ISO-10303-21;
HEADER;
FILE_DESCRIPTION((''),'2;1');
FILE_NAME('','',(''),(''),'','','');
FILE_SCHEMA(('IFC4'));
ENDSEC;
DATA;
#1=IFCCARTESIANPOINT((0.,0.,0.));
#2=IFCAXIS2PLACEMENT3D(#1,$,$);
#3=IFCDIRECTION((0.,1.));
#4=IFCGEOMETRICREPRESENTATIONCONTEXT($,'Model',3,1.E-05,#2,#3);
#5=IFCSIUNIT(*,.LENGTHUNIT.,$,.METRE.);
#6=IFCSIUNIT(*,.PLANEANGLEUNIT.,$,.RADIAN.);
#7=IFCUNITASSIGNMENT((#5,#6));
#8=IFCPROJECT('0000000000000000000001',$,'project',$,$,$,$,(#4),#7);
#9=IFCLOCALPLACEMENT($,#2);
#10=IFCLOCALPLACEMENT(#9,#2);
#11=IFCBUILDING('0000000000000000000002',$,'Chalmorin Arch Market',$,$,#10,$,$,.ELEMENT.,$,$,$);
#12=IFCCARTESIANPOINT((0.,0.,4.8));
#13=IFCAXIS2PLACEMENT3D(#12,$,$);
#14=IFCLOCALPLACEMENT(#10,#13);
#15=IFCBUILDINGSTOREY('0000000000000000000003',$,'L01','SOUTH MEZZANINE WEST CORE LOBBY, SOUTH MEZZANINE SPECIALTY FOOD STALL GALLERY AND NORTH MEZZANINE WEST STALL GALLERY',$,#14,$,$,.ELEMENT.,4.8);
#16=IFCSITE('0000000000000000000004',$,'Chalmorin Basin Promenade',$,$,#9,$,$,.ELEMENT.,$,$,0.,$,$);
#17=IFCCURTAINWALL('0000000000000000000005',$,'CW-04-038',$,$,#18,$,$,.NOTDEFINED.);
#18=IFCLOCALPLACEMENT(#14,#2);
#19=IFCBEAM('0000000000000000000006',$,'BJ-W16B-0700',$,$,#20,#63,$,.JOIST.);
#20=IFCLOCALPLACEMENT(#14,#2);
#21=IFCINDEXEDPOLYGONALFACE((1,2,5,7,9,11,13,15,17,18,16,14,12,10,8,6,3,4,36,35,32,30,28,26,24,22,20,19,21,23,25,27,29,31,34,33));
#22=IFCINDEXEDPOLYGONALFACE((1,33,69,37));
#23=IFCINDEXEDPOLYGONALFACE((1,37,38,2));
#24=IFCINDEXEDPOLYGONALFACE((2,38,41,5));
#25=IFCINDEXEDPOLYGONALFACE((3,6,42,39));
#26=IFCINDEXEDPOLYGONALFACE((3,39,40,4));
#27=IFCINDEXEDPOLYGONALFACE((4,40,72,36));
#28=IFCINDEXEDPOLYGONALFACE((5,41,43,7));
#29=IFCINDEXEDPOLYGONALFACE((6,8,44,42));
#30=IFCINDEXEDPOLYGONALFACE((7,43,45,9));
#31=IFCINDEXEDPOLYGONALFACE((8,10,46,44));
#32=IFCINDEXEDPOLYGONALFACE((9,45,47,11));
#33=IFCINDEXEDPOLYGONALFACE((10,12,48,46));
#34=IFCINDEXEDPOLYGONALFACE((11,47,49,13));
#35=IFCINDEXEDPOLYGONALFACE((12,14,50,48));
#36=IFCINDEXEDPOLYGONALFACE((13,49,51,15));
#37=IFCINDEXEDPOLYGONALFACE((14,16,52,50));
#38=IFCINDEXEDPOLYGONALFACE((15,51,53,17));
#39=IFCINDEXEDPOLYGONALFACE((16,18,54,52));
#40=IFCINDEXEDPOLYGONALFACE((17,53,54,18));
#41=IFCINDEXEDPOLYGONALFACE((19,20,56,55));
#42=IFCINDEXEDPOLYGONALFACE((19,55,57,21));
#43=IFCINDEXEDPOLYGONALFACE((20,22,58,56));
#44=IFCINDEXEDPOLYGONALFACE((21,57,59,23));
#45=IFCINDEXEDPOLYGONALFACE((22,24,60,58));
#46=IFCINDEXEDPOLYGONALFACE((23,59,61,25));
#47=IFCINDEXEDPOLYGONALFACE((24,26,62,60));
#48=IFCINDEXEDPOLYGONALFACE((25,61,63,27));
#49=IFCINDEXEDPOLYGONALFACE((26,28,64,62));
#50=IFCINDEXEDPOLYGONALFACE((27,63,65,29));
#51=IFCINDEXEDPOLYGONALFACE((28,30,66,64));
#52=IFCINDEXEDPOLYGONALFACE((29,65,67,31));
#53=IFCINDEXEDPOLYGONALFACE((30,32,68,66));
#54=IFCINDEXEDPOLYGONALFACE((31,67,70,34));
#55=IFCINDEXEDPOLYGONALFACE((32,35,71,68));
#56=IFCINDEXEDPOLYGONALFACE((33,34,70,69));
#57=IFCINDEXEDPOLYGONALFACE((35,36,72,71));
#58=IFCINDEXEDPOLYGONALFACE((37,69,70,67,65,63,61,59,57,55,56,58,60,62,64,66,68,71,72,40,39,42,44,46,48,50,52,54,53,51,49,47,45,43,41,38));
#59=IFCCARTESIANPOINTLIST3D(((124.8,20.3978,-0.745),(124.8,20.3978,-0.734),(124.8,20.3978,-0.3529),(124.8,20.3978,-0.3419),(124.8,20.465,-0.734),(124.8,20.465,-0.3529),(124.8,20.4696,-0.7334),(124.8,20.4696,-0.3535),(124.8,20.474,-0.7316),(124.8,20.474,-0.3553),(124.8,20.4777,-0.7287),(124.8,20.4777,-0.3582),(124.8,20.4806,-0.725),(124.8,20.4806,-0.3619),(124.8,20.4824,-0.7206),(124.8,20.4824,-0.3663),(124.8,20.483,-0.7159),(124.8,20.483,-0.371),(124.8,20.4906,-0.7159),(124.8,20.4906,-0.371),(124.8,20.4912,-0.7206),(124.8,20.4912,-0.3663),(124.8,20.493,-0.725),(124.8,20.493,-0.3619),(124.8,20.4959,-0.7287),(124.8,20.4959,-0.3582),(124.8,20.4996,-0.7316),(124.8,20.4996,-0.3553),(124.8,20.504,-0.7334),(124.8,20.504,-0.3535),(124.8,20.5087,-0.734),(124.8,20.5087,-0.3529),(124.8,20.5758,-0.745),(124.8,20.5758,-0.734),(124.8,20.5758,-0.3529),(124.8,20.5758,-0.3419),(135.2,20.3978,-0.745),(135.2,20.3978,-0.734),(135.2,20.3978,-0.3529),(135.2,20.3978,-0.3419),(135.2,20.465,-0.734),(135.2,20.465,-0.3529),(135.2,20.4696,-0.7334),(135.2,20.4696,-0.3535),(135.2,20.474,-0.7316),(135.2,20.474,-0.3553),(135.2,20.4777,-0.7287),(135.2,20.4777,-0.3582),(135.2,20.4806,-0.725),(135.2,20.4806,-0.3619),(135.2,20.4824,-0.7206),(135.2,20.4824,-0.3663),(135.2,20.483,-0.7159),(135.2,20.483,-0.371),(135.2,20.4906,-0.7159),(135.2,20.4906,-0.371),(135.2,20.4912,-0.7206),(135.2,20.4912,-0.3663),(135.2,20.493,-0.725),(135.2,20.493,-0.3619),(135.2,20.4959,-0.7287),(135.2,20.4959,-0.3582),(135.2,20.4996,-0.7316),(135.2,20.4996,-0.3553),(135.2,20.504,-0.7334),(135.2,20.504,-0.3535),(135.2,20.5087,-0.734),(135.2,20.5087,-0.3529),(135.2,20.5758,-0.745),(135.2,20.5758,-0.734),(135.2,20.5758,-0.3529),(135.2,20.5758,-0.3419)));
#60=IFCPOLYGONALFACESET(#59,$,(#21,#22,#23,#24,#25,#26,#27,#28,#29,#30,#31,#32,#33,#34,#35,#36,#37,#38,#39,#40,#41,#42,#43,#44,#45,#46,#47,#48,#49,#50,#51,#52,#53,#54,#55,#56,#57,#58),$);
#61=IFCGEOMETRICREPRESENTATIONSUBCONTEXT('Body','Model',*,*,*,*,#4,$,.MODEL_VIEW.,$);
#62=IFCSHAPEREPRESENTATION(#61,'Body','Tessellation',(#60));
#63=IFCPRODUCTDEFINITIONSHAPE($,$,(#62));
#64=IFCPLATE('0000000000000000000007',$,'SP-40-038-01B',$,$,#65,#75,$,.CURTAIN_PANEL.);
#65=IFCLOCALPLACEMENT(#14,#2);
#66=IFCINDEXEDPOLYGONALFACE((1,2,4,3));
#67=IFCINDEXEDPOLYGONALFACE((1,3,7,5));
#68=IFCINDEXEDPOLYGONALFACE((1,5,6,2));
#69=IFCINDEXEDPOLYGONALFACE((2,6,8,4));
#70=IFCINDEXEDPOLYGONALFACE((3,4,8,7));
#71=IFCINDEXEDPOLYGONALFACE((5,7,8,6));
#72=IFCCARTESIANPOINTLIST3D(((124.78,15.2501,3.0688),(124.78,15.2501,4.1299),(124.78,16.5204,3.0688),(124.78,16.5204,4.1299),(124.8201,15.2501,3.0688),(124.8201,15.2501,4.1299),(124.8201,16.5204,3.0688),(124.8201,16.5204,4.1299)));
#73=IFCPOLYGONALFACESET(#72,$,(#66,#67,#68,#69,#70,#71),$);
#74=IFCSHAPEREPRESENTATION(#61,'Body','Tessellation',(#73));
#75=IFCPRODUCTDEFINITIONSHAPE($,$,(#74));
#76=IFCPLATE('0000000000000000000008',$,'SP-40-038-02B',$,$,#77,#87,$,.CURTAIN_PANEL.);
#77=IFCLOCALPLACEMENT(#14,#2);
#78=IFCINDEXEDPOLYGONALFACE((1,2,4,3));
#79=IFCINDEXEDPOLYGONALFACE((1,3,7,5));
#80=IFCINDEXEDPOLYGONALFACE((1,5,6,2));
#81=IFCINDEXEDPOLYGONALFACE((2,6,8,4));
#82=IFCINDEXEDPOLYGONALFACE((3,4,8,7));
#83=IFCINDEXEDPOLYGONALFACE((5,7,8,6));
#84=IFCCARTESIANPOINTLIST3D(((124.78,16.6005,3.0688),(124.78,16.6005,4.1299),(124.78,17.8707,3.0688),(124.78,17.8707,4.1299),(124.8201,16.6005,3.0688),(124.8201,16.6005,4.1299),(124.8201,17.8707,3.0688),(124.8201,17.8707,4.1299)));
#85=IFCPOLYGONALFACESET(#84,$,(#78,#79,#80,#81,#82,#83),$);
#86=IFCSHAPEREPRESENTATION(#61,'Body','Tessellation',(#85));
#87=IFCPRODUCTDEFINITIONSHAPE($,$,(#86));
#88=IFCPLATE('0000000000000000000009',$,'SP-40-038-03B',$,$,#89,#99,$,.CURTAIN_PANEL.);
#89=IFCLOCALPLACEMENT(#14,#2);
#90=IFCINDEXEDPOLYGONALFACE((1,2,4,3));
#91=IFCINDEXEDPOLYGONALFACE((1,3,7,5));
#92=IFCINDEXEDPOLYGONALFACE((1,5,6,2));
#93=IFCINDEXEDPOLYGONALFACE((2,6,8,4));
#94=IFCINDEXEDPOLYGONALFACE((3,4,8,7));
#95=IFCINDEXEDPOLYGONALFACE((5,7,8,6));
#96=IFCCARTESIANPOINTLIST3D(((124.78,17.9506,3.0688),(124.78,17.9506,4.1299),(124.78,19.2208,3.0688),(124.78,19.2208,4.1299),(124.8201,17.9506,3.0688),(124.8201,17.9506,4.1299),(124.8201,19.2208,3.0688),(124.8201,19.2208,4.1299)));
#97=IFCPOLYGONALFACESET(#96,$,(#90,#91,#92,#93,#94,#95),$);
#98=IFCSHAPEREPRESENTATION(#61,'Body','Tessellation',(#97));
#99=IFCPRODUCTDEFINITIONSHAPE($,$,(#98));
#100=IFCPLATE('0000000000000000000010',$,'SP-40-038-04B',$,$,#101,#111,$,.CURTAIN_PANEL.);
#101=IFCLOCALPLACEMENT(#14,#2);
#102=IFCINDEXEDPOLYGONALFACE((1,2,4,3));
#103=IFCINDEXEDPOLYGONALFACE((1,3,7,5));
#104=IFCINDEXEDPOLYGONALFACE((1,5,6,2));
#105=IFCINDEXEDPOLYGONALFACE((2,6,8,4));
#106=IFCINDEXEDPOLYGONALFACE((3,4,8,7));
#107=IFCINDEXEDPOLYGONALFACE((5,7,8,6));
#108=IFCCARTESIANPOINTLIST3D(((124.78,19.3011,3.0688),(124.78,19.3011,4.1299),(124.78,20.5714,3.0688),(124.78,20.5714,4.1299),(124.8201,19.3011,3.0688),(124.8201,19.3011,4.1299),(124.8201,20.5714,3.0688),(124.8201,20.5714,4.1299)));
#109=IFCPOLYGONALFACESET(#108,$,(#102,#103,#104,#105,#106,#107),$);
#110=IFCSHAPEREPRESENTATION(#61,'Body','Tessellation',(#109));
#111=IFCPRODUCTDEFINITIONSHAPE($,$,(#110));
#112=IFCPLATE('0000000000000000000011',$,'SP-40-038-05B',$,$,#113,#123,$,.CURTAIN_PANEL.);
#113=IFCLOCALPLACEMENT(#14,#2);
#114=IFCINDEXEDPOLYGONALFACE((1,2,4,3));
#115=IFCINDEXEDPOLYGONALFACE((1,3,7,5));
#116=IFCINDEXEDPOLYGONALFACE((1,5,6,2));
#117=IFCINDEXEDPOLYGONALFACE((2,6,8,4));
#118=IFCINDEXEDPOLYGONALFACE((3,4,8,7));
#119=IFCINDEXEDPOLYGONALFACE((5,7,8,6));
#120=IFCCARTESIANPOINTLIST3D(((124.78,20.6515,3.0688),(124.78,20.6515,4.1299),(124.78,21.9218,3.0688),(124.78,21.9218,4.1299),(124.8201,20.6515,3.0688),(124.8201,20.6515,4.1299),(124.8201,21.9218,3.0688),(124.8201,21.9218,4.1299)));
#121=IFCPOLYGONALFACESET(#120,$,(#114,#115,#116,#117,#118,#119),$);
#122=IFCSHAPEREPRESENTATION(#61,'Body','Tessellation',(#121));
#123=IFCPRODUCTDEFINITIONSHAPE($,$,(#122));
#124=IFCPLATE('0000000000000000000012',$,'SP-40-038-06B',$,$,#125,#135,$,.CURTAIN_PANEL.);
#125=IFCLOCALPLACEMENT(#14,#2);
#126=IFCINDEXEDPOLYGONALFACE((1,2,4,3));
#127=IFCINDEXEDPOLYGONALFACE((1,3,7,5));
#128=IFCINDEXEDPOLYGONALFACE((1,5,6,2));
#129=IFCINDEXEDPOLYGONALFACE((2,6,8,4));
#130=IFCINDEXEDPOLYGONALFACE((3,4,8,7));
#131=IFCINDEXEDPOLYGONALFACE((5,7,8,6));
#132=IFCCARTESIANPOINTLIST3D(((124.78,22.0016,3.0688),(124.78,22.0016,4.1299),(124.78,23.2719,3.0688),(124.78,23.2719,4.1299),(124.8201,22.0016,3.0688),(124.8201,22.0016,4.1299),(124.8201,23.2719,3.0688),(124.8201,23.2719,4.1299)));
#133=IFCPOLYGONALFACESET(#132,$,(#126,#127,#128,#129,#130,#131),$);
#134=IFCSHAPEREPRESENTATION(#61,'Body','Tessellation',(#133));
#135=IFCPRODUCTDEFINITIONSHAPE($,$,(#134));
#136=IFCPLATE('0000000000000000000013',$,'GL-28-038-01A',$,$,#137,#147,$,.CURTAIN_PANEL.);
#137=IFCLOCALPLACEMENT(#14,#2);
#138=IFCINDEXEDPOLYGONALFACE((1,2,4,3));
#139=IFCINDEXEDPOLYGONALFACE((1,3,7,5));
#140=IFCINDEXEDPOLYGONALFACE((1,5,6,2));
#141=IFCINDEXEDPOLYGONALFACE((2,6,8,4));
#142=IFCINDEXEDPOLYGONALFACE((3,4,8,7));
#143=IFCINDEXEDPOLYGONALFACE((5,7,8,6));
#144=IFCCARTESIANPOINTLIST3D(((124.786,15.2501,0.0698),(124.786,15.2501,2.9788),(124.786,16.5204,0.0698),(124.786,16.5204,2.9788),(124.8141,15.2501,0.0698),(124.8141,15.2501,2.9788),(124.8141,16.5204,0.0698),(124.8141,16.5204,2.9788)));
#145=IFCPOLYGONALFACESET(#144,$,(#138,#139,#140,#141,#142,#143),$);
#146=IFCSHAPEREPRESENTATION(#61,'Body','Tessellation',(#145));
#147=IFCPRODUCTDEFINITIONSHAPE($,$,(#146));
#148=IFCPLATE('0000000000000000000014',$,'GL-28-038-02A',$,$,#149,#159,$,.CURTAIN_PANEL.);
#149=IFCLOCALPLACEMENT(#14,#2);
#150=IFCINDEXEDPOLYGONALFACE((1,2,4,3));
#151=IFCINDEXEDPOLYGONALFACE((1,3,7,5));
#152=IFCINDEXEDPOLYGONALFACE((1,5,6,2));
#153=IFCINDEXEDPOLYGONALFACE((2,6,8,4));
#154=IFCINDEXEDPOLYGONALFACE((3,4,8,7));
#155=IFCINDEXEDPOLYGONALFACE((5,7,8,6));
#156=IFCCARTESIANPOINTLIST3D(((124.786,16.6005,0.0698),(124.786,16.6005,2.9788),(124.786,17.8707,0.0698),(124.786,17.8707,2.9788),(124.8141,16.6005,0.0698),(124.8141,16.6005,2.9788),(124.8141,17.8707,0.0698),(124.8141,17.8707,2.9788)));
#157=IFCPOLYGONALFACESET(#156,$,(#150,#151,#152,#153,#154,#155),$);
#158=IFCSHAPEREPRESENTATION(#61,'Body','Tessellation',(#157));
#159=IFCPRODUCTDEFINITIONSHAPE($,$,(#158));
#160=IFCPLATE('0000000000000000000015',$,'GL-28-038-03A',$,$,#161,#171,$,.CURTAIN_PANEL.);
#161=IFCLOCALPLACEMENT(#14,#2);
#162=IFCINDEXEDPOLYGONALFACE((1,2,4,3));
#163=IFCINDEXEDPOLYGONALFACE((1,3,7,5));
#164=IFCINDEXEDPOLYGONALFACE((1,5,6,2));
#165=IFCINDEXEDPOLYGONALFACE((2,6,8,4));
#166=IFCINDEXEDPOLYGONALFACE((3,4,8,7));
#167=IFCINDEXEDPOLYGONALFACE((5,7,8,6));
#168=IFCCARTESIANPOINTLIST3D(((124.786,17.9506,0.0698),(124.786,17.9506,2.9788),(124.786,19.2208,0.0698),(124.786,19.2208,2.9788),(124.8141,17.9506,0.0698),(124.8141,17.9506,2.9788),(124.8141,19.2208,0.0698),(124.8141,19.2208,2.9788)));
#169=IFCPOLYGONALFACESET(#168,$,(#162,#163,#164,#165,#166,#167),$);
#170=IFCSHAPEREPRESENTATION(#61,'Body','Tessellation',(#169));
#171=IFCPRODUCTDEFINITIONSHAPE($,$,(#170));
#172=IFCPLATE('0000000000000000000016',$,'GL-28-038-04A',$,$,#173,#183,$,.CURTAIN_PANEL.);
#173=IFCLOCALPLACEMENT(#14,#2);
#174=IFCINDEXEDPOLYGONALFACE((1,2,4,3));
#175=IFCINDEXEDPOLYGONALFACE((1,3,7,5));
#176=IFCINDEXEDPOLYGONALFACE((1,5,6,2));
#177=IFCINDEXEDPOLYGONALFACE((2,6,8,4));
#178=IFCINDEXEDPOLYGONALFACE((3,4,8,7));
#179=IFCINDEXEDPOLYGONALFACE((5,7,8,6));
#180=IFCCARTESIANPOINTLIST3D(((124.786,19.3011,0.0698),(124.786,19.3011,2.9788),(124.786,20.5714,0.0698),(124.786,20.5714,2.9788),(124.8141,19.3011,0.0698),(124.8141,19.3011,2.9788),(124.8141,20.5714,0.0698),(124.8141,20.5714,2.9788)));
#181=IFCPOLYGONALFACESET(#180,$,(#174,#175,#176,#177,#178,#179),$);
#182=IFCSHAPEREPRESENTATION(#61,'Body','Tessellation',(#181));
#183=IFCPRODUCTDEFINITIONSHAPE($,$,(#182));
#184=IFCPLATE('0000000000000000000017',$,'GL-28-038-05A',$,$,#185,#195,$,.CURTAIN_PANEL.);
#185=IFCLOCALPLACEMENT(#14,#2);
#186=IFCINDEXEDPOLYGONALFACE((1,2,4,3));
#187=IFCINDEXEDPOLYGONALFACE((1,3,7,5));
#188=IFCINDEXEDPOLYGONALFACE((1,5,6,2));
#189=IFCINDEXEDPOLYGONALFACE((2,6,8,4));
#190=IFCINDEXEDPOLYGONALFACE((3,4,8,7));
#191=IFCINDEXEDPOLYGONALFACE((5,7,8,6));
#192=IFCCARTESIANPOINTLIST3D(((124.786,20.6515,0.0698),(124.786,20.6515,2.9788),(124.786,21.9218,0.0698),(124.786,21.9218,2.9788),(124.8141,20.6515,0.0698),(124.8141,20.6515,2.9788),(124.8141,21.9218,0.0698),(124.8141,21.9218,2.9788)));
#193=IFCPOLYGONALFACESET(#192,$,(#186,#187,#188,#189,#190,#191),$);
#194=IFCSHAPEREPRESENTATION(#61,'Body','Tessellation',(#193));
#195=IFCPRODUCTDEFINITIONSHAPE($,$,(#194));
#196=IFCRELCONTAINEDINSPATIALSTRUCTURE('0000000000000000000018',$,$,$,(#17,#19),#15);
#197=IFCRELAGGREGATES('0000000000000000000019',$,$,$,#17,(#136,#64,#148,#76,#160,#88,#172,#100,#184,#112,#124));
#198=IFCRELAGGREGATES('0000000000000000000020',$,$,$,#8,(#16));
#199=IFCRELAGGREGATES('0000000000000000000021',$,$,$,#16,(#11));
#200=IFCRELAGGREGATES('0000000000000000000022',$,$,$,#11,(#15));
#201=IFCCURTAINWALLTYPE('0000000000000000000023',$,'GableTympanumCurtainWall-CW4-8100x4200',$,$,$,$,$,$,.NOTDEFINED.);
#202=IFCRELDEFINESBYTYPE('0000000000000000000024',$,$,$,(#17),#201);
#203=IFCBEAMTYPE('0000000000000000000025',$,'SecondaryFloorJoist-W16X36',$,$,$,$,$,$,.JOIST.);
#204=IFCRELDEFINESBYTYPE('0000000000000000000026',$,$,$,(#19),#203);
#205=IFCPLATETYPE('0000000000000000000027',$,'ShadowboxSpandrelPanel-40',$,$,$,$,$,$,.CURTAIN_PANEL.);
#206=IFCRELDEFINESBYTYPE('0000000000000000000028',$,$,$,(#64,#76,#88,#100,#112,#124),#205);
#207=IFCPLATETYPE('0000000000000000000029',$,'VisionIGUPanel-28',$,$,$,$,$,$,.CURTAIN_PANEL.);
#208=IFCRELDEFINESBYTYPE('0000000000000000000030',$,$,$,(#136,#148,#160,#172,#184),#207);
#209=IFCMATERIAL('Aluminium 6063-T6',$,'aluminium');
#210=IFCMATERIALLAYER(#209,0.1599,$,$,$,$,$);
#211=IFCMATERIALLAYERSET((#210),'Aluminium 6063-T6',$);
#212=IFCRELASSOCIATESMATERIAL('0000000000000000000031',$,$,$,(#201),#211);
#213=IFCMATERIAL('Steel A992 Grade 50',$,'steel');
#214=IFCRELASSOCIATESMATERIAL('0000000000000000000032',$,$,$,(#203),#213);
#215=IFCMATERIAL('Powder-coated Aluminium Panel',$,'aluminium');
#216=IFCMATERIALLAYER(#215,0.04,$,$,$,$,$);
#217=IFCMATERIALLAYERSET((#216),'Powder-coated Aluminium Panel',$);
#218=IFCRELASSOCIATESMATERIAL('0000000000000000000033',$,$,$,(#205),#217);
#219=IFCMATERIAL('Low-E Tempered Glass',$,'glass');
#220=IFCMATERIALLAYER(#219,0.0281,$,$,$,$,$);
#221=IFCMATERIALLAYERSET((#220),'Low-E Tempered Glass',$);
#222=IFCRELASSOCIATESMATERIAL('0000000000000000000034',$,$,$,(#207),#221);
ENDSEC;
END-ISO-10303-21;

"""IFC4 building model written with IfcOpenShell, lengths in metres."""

from ifc_helpers import new_model, si_unit, direction, frame, origin, origin_2d, place, context, subcontext, project, spatial, rectangle, i_section, extrude, material, layer, layer_set, material_profile, profile_set, type_object, element, aggregate, save


model = new_model("IFC4")

# Units and contexts
model_context = context("Model", 3, precision=1e-05, world=origin(), true_north=direction((0.0, 1.0)))
body_context = subcontext(model_context, "Body", "Model", "MODEL_VIEW")
ifc_project = project(units=[si_unit("LENGTHUNIT", "METRE"), si_unit("PLANEANGLEUNIT", "RADIAN")], contexts=[model_context])

# Site, building, storey
site_placement = place(None, origin())
site = spatial("IfcSite", under=ifc_project, at=site_placement, Name="Chalmorin Basin Promenade", CompositionType="ELEMENT", RefElevation=0.0)
building_placement = place(site_placement, origin())
building = spatial("IfcBuilding", under=site, at=building_placement, Name="Chalmorin Arch Market", CompositionType="ELEMENT")
storey_placement = place(building_placement, frame((0.0, 0.0, 4.8)))
storey = spatial("IfcBuildingStorey", under=building, at=storey_placement, Name="L01", Description="SOUTH MEZZANINE WEST CORE LOBBY, SOUTH MEZZANINE SPECIALTY FOOD STALL GALLERY AND NORTH MEZZANINE WEST STALL GALLERY", CompositionType="ELEMENT", Elevation=4.8)

# Shared definitions
ifc_material_1 = material(Name="Steel A992 Grade 50", Category="steel")

# Curtain wall
ifc_material_2 = material(Name="Aluminium 6063-T6", Category="aluminium")
ifc_layer_1 = layer(ifc_material_2, 0.1599)
ifc_layer_set_1 = layer_set([ifc_layer_1], Name="Aluminium 6063-T6")
curtain_wall_type = type_object("IfcCurtainWallType", Name="GableTympanumCurtainWall-CW4-8100x4200", PredefinedType="NOTDEFINED", material=ifc_layer_set_1)
curtain_wall_placement = place(storey_placement, origin())
curtain_wall = element("IfcCurtainWall", 1, at=curtain_wall_placement, inside=storey, type_object=curtain_wall_type, Name="CW-04-038", PredefinedType="NOTDEFINED")

# Beam
ifc_material_profile_1 = material_profile(ifc_material_1, i_section(OverallWidth=0.178, OverallDepth=0.4031, WebThickness=0.0076, FlangeThickness=0.011, FilletRadius=0.0181, at=origin_2d()), Name="W16X36")
ifc_profile_set_1 = profile_set([ifc_material_profile_1], Name="Steel A992 Grade 50")
beam_type_1 = type_object("IfcBeamType", Name="SecondaryFloorJoist-W16X36", PredefinedType="JOIST", material=ifc_profile_set_1)
for number, where, z_axis, x_axis, name in (
    (2, (124.8, 20.4868, -0.5435), (1.0, 0.0, 0.0), (0.0, 1.0, 0.0), "BJ-W16B-0700"),
):
    element("IfcBeam", number, at=place(storey_placement, frame(where, z_axis=z_axis, x_axis=x_axis)), inside=storey, type_object=beam_type_1, Name=name, PredefinedType="JOIST", context=body_context, shape_type="SweptSolid", body=[
        extrude(i_section(OverallWidth=0.178, OverallDepth=0.4031, WebThickness=0.0076, FlangeThickness=0.011, FilletRadius=0.0181, at=origin_2d()), origin(), (0.0, 0.0, 1.0), 10.3999),
    ])

# Plates
ifc_material_3 = material(Name="Powder-coated Aluminium Panel", Category="aluminium")
ifc_layer_2 = layer(ifc_material_3, 0.04)
ifc_layer_set_2 = layer_set([ifc_layer_2], Name="Powder-coated Aluminium Panel")
plate_type_1 = type_object("IfcPlateType", Name="ShadowboxSpandrelPanel-40", PredefinedType="CURTAIN_PANEL", material=ifc_layer_set_2)
plate_1_placement = place(storey_placement, frame((124.8, 15.8853, 3.0688), z_axis=(0.0, 0.0, 1.0), x_axis=(0.0, 1.0, 0.0)))
plate_1 = element("IfcPlate", 3, at=plate_1_placement, type_object=plate_type_1, Name="SP-40-038-01B", PredefinedType="CURTAIN_PANEL", context=body_context, shape_type="SweptSolid", body=[
    extrude(rectangle(XDim=1.2703, YDim=0.04, at=origin_2d()), origin(), (0.0, 0.0, 1.0), 1.061),
])
plate_2_placement = place(storey_placement, frame((124.8, 17.2356, 3.0688), z_axis=(0.0, 0.0, 1.0), x_axis=(0.0, 1.0, 0.0)))
plate_2 = element("IfcPlate", 4, at=plate_2_placement, type_object=plate_type_1, Name="SP-40-038-02B", PredefinedType="CURTAIN_PANEL", context=body_context, shape_type="SweptSolid", body=[
    extrude(rectangle(XDim=1.2703, YDim=0.04, at=origin_2d()), origin(), (0.0, 0.0, 1.0), 1.061),
])
plate_3_placement = place(storey_placement, frame((124.8, 18.5857, 3.0688), z_axis=(0.0, 0.0, 1.0), x_axis=(0.0, 1.0, 0.0)))
plate_3 = element("IfcPlate", 5, at=plate_3_placement, type_object=plate_type_1, Name="SP-40-038-03B", PredefinedType="CURTAIN_PANEL", context=body_context, shape_type="SweptSolid", body=[
    extrude(rectangle(XDim=1.2703, YDim=0.04, at=origin_2d()), origin(), (0.0, 0.0, 1.0), 1.061),
])
plate_4_placement = place(storey_placement, frame((124.8, 19.9363, 3.0688), z_axis=(0.0, 0.0, 1.0), x_axis=(0.0, 1.0, 0.0)))
plate_4 = element("IfcPlate", 6, at=plate_4_placement, type_object=plate_type_1, Name="SP-40-038-04B", PredefinedType="CURTAIN_PANEL", context=body_context, shape_type="SweptSolid", body=[
    extrude(rectangle(XDim=1.2703, YDim=0.04, at=origin_2d()), origin(), (0.0, 0.0, 1.0), 1.061),
])
plate_5_placement = place(storey_placement, frame((124.8, 21.2866, 3.0688), z_axis=(0.0, 0.0, 1.0), x_axis=(0.0, 1.0, 0.0)))
plate_5 = element("IfcPlate", 7, at=plate_5_placement, type_object=plate_type_1, Name="SP-40-038-05B", PredefinedType="CURTAIN_PANEL", context=body_context, shape_type="SweptSolid", body=[
    extrude(rectangle(XDim=1.2703, YDim=0.04, at=origin_2d()), origin(), (0.0, 0.0, 1.0), 1.061),
])
plate_6_placement = place(storey_placement, frame((124.8, 22.6367, 3.0688), z_axis=(0.0, 0.0, 1.0), x_axis=(0.0, 1.0, 0.0)))
plate_6 = element("IfcPlate", 8, at=plate_6_placement, type_object=plate_type_1, Name="SP-40-038-06B", PredefinedType="CURTAIN_PANEL", context=body_context, shape_type="SweptSolid", body=[
    extrude(rectangle(XDim=1.2703, YDim=0.04, at=origin_2d()), origin(), (0.0, 0.0, 1.0), 1.061),
])
ifc_material_4 = material(Name="Low-E Tempered Glass", Category="glass")
ifc_layer_3 = layer(ifc_material_4, 0.0281)
ifc_layer_set_3 = layer_set([ifc_layer_3], Name="Low-E Tempered Glass")
plate_type_2 = type_object("IfcPlateType", Name="VisionIGUPanel-28", PredefinedType="CURTAIN_PANEL", material=ifc_layer_set_3)
plate_7_placement = place(storey_placement, frame((124.8, 15.8853, 0.0698), z_axis=(0.0, 0.0, 1.0), x_axis=(0.0, 1.0, 0.0)))
plate_7 = element("IfcPlate", 9, at=plate_7_placement, type_object=plate_type_2, Name="GL-28-038-01A", PredefinedType="CURTAIN_PANEL", context=body_context, shape_type="SweptSolid", body=[
    extrude(rectangle(XDim=1.2703, YDim=0.0281, at=origin_2d()), origin(), (0.0, 0.0, 1.0), 2.9089),
])
plate_8_placement = place(storey_placement, frame((124.8, 17.2356, 0.0698), z_axis=(0.0, 0.0, 1.0), x_axis=(0.0, 1.0, 0.0)))
plate_8 = element("IfcPlate", 10, at=plate_8_placement, type_object=plate_type_2, Name="GL-28-038-02A", PredefinedType="CURTAIN_PANEL", context=body_context, shape_type="SweptSolid", body=[
    extrude(rectangle(XDim=1.2703, YDim=0.0281, at=origin_2d()), origin(), (0.0, 0.0, 1.0), 2.9089),
])
plate_9_placement = place(storey_placement, frame((124.8, 18.5857, 0.0698), z_axis=(0.0, 0.0, 1.0), x_axis=(0.0, 1.0, 0.0)))
plate_9 = element("IfcPlate", 11, at=plate_9_placement, type_object=plate_type_2, Name="GL-28-038-03A", PredefinedType="CURTAIN_PANEL", context=body_context, shape_type="SweptSolid", body=[
    extrude(rectangle(XDim=1.2703, YDim=0.0281, at=origin_2d()), origin(), (0.0, 0.0, 1.0), 2.9089),
])
plate_10_placement = place(storey_placement, frame((124.8, 19.9363, 0.0698), z_axis=(0.0, 0.0, 1.0), x_axis=(0.0, 1.0, 0.0)))
plate_10 = element("IfcPlate", 12, at=plate_10_placement, type_object=plate_type_2, Name="GL-28-038-04A", PredefinedType="CURTAIN_PANEL", context=body_context, shape_type="SweptSolid", body=[
    extrude(rectangle(XDim=1.2703, YDim=0.0281, at=origin_2d()), origin(), (0.0, 0.0, 1.0), 2.9089),
])
plate_11_placement = place(storey_placement, frame((124.8, 21.2866, 0.0698), z_axis=(0.0, 0.0, 1.0), x_axis=(0.0, 1.0, 0.0)))
plate_11 = element("IfcPlate", 13, at=plate_11_placement, type_object=plate_type_2, Name="GL-28-038-05A", PredefinedType="CURTAIN_PANEL", context=body_context, shape_type="SweptSolid", body=[
    extrude(rectangle(XDim=1.2703, YDim=0.0281, at=origin_2d()), origin(), (0.0, 0.0, 1.0), 2.9089),
])
aggregate(curtain_wall, [plate_7, plate_1, plate_8, plate_2, plate_9, plate_3, plate_10, plate_4, plate_11, plate_5, plate_6])

save(model, "model.ifc")
